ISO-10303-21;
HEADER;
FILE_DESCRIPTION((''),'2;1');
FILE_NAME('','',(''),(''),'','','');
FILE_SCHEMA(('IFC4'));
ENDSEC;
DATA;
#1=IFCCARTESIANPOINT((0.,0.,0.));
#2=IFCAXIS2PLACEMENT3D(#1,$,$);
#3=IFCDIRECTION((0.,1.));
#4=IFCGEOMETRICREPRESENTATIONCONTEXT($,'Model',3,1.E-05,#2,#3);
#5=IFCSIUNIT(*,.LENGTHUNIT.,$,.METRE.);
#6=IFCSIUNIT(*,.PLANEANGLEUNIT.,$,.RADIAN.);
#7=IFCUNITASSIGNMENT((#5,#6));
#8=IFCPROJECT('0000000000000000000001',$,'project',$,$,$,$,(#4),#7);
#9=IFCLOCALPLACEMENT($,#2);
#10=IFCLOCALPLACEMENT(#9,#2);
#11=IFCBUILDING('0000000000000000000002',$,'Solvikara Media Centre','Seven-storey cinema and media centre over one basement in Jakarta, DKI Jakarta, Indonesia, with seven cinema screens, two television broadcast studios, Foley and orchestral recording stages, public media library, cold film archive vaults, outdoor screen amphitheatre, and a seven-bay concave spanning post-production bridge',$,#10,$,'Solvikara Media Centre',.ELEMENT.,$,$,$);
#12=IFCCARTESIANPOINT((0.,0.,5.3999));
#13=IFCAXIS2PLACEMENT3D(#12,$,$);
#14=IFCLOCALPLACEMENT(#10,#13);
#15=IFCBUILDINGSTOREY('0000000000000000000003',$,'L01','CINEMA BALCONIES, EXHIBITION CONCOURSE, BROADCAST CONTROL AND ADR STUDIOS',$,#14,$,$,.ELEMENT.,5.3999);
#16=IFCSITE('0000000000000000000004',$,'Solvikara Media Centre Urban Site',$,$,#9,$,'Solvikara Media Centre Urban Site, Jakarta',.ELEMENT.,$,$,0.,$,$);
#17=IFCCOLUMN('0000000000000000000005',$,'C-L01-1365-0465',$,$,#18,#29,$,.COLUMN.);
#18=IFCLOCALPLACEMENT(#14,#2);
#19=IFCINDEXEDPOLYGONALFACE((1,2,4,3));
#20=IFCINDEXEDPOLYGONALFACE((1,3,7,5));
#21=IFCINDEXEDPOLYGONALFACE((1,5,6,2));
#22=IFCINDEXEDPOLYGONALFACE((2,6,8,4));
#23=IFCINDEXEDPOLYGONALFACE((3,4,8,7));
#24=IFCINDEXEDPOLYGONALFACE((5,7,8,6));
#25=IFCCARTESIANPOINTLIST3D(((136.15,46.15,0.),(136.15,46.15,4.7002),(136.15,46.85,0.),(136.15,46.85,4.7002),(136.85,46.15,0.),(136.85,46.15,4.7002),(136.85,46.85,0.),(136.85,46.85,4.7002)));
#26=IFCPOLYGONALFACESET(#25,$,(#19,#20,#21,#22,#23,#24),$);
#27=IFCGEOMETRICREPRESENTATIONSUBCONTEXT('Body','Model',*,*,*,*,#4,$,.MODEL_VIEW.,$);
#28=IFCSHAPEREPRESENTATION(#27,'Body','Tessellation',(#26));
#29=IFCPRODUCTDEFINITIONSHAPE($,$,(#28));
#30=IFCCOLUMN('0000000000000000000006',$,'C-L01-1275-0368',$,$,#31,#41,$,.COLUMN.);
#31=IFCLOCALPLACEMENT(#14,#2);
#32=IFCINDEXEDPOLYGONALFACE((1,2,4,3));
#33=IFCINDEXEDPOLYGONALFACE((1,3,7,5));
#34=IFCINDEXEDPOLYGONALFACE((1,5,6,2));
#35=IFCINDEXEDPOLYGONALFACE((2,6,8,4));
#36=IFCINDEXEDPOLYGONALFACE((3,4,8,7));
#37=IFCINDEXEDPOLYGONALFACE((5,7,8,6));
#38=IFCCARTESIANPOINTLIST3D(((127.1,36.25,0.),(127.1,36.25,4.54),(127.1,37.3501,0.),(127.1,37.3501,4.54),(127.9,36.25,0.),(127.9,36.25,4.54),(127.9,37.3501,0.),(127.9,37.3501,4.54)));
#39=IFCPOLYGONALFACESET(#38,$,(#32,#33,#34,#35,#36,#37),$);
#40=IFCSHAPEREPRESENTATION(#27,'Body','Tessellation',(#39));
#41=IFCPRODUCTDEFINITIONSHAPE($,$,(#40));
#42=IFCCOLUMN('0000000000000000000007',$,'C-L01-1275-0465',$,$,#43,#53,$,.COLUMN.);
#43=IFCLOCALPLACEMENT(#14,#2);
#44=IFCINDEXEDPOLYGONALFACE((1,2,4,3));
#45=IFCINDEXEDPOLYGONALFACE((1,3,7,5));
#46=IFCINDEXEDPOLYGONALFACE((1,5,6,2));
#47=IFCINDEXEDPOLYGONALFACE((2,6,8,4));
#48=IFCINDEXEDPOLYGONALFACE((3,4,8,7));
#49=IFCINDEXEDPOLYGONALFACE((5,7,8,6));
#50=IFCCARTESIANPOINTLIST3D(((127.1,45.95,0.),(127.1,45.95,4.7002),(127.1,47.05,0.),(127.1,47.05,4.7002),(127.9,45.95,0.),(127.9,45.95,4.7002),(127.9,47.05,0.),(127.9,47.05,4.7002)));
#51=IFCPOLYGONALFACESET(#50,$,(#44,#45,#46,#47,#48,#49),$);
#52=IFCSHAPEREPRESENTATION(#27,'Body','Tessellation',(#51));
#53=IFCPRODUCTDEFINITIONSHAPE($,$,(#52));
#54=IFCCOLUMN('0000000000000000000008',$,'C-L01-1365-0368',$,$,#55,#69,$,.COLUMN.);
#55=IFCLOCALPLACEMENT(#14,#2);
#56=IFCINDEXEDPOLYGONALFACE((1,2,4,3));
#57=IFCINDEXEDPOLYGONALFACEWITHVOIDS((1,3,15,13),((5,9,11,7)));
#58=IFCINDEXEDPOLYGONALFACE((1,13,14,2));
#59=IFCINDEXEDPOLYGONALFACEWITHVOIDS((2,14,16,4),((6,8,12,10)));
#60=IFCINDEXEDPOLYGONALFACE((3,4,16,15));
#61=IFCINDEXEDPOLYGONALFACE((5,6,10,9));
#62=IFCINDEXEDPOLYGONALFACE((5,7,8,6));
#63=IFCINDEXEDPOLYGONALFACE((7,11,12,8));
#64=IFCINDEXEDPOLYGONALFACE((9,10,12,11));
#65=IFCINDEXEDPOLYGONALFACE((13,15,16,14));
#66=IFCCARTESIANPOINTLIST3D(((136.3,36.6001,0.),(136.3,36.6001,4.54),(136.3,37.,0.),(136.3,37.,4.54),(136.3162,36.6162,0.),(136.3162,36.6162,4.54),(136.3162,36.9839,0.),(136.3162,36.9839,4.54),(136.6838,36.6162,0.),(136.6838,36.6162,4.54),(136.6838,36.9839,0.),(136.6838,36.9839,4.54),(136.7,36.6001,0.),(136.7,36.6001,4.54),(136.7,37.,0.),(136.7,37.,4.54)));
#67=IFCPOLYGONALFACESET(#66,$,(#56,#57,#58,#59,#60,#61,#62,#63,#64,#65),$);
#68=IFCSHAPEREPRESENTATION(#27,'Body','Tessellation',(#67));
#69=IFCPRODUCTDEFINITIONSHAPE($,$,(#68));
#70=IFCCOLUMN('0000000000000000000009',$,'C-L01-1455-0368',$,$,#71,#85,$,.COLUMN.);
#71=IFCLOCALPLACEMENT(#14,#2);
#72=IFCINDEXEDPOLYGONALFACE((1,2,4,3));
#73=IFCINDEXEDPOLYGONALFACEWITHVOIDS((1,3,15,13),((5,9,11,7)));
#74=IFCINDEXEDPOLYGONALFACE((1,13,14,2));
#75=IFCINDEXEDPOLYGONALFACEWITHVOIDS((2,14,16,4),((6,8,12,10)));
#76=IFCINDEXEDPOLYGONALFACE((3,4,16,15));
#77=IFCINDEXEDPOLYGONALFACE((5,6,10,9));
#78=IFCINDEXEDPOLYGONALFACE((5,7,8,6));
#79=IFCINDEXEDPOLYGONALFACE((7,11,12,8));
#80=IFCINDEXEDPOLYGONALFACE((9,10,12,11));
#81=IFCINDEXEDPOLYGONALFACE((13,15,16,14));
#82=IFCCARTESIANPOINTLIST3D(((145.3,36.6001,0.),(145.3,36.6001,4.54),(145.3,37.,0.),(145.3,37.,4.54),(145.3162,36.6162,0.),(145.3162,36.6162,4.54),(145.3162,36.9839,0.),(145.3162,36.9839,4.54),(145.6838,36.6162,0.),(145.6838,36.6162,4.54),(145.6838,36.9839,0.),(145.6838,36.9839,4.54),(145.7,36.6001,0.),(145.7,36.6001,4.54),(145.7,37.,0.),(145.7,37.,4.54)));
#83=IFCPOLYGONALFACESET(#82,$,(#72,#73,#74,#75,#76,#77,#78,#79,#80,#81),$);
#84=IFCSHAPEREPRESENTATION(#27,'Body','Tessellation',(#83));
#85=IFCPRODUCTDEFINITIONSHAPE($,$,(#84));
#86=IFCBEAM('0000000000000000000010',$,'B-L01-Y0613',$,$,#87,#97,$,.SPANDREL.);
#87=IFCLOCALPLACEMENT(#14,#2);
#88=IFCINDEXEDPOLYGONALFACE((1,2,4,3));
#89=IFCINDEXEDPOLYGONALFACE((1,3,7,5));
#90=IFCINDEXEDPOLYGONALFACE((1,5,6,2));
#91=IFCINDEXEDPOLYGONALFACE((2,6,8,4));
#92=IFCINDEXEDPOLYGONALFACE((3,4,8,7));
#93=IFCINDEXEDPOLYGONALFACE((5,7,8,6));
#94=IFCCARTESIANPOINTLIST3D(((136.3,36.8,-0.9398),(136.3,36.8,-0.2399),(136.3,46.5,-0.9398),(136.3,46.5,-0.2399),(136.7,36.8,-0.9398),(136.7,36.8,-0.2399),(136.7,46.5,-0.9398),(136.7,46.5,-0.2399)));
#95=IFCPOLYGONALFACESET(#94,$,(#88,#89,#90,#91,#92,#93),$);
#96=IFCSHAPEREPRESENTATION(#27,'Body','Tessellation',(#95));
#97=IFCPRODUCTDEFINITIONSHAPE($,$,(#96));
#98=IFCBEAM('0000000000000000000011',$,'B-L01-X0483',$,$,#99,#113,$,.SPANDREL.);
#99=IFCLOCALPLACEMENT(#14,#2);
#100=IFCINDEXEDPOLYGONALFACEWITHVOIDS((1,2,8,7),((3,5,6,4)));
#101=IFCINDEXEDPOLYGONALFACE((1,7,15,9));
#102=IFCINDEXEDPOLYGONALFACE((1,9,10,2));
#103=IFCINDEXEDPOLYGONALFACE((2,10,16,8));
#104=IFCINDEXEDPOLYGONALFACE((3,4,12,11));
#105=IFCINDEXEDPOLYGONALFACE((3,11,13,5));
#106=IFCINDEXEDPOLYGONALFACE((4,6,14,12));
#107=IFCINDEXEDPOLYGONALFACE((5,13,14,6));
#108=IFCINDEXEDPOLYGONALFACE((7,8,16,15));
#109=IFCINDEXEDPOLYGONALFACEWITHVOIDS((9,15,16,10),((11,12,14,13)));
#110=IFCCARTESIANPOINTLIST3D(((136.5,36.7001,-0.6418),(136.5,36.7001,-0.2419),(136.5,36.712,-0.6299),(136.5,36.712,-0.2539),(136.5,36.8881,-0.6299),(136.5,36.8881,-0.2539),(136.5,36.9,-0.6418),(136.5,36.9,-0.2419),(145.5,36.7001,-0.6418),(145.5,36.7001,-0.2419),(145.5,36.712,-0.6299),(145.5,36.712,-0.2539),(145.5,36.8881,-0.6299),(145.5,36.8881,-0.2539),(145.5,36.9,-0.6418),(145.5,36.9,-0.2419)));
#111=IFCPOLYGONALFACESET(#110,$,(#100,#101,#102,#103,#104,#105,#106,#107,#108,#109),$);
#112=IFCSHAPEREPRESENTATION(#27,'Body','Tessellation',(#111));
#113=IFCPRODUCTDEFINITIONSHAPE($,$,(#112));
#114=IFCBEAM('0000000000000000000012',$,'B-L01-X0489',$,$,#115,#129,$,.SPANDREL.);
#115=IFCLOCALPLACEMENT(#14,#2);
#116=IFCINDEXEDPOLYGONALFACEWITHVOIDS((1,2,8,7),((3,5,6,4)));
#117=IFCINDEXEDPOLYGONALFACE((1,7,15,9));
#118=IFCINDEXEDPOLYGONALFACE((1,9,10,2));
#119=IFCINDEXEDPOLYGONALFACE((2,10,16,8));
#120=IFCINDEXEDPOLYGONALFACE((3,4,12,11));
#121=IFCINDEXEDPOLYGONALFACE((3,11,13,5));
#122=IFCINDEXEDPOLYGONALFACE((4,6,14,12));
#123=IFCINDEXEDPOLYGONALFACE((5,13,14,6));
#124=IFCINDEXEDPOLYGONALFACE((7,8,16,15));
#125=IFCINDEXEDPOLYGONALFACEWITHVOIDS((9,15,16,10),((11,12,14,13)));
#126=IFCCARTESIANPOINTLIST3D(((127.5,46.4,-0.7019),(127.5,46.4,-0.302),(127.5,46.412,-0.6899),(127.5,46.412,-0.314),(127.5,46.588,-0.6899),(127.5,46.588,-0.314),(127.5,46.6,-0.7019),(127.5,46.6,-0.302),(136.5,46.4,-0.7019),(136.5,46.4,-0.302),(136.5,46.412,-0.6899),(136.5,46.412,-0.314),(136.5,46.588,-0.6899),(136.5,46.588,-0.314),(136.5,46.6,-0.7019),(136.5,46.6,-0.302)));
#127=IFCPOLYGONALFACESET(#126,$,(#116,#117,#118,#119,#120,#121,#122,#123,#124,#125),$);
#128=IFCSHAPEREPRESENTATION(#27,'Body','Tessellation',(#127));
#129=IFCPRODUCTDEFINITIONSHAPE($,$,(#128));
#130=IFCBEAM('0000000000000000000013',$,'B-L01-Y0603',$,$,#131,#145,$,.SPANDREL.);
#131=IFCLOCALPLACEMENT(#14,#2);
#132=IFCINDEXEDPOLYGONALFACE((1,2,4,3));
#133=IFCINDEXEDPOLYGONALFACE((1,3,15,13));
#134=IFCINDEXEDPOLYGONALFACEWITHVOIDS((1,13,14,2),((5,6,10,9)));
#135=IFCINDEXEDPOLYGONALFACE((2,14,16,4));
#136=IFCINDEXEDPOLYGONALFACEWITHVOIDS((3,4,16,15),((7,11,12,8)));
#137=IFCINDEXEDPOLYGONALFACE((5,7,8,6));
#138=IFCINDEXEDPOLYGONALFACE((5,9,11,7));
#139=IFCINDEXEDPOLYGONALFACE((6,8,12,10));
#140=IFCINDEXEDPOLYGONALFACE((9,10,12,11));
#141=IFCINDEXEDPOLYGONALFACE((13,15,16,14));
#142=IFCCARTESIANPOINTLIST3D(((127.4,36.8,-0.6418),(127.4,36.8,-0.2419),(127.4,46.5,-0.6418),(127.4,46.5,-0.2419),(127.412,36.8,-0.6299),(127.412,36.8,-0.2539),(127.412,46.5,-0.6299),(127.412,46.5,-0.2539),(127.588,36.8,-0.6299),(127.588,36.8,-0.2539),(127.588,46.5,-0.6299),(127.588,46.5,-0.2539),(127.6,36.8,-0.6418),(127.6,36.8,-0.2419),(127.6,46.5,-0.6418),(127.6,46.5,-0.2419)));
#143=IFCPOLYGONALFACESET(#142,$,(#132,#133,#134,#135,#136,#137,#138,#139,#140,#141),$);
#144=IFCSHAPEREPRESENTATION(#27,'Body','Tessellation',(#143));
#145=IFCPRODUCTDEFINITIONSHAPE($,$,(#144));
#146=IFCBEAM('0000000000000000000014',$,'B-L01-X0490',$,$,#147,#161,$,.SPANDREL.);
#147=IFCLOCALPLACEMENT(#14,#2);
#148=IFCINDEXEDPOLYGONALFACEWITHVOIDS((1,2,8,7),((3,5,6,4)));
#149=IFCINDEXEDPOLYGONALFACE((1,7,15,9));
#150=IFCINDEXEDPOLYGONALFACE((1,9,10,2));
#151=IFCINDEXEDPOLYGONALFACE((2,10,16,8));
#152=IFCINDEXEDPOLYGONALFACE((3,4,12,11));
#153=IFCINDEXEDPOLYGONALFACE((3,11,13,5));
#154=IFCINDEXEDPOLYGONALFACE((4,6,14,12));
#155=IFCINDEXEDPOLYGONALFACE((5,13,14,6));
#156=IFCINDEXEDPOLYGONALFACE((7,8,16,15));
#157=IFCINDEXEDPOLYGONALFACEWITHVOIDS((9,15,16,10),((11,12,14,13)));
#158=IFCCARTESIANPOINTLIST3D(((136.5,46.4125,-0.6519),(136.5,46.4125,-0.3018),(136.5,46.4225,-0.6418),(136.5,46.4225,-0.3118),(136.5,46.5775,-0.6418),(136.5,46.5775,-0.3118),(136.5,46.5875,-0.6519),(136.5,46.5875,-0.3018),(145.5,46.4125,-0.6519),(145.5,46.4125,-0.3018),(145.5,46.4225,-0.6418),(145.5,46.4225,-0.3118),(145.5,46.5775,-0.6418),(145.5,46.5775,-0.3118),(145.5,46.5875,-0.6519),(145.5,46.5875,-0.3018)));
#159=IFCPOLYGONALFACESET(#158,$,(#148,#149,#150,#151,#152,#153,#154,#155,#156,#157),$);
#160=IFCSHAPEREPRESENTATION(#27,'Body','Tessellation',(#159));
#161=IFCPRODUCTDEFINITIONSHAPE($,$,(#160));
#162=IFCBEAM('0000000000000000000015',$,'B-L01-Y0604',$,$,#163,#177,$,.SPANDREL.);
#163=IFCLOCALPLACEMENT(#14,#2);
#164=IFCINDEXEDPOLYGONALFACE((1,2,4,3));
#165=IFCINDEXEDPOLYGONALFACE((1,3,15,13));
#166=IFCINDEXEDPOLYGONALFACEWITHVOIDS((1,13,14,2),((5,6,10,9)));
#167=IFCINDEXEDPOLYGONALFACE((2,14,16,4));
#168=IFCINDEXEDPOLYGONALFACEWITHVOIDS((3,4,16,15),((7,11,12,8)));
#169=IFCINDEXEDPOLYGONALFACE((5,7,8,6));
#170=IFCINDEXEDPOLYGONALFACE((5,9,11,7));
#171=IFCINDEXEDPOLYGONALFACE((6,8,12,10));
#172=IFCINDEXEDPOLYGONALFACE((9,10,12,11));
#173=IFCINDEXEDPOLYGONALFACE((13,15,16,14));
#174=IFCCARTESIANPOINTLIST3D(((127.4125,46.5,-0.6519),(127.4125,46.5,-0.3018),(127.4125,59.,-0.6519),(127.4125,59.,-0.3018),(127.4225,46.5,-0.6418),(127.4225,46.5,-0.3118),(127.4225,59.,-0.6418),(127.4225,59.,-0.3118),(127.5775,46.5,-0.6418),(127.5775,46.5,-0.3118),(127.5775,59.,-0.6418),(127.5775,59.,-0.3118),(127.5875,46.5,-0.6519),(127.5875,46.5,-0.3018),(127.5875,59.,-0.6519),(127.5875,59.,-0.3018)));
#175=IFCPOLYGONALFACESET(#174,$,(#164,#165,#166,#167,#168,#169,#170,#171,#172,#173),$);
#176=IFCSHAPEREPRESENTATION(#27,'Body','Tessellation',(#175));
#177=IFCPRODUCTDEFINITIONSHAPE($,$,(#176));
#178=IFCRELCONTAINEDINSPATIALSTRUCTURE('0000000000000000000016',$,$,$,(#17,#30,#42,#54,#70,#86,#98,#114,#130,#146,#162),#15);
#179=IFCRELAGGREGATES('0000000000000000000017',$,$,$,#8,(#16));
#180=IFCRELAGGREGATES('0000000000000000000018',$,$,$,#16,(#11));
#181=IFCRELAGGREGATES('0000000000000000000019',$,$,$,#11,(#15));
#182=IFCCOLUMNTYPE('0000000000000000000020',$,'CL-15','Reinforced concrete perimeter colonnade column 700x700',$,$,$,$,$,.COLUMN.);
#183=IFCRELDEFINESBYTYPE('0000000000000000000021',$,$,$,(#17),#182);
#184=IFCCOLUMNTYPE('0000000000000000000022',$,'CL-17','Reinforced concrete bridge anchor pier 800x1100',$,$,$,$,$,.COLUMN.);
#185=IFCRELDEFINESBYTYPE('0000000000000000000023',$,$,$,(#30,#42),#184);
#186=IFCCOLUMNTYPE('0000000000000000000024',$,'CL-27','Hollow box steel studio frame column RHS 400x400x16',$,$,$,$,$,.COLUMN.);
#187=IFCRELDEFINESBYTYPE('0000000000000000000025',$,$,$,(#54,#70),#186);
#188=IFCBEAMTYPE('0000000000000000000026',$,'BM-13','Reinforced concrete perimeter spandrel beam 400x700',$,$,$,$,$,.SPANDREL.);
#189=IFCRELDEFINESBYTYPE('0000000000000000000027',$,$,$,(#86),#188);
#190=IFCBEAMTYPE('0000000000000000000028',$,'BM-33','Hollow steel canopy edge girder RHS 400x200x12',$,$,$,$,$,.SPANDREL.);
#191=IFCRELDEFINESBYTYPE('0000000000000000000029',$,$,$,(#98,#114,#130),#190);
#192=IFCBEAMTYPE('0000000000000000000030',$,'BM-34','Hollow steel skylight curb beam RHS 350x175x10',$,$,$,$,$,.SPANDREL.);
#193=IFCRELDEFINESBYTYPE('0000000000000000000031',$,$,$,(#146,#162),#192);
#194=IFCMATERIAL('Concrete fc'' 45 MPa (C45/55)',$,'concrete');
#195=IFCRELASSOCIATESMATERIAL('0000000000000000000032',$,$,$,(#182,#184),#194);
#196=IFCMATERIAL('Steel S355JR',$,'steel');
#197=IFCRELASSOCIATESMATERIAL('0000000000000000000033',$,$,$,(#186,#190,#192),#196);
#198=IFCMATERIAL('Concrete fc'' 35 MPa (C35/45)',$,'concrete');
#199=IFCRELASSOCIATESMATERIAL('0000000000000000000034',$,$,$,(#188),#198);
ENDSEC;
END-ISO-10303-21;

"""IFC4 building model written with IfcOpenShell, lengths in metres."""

from ifc_helpers import new_model, si_unit, direction, frame, origin, origin_2d, place, context, subcontext, project, spatial, rectangle, hollow_rectangle, extrude, material, material_profile, profile_set, type_object, element, save


model = new_model("IFC4")

# Units and contexts
model_context = context("Model", 3, precision=1e-05, world=origin(), true_north=direction((0.0, 1.0)))
body_context = subcontext(model_context, "Body", "Model", "MODEL_VIEW")
ifc_project = project(units=[si_unit("LENGTHUNIT", "METRE"), si_unit("PLANEANGLEUNIT", "RADIAN")], contexts=[model_context])

# Site, building, storey
site_placement = place(None, origin())
site = spatial("IfcSite", under=ifc_project, at=site_placement, Name="Solvikara Media Centre Urban Site", LongName="Solvikara Media Centre Urban Site, Jakarta", CompositionType="ELEMENT", RefElevation=0.0)
building_placement = place(site_placement, origin())
building = spatial("IfcBuilding", under=site, at=building_placement, Name="Solvikara Media Centre", Description="Seven-storey cinema and media centre over one basement in Jakarta, DKI Jakarta, Indonesia, with seven cinema screens, two television broadcast studios, Foley and orchestral recording stages, public media library, cold film archive vaults, outdoor screen amphitheatre, and a seven-bay concave spanning post-production bridge", LongName="Solvikara Media Centre", CompositionType="ELEMENT")
storey_placement = place(building_placement, frame((0.0, 0.0, 5.3999)))
storey = spatial("IfcBuildingStorey", under=building, at=storey_placement, Name="L01", Description="CINEMA BALCONIES, EXHIBITION CONCOURSE, BROADCAST CONTROL AND ADR STUDIOS", CompositionType="ELEMENT", Elevation=5.3999)

# Columns
ifc_material_1 = material(Name="Concrete fc' 45 MPa (C45/55)", Category="concrete")
ifc_material_profile_1 = material_profile(ifc_material_1, rectangle(XDim=0.7, YDim=0.7, at=origin_2d()), Name="RC 700x700")
ifc_profile_set_1 = profile_set([ifc_material_profile_1], Name="Concrete fc' 45 MPa (C45/55)")
column_type_1 = type_object("IfcColumnType", Name="CL-15", Description="Reinforced concrete perimeter colonnade column 700x700", PredefinedType="COLUMN", material=ifc_profile_set_1)
column_1_placement = place(storey_placement, frame((136.5, 46.5, 0.0), z_axis=(0.0, 0.0, 1.0), x_axis=(1.0, 0.0, 0.0)))
element("IfcColumn", 1, at=column_1_placement, inside=storey, type_object=column_type_1, Name="C-L01-1365-0465", PredefinedType="COLUMN", context=body_context, shape_type="SweptSolid", body=[
    extrude(rectangle(XDim=0.7, YDim=0.7, at=origin_2d()), origin(), (0.0, 0.0, 1.0), 4.7002),
])
ifc_material_profile_2 = material_profile(ifc_material_1, rectangle(XDim=0.8, YDim=1.1001, at=origin_2d()), Name="RC 800x1100")
ifc_profile_set_2 = profile_set([ifc_material_profile_2], Name="Concrete fc' 45 MPa (C45/55)")
column_type_2 = type_object("IfcColumnType", Name="CL-17", Description="Reinforced concrete bridge anchor pier 800x1100", PredefinedType="COLUMN", material=ifc_profile_set_2)
column_2_placement = place(storey_placement, frame((127.5, 36.8, 0.0), z_axis=(0.0, 0.0, 1.0), x_axis=(1.0, 0.0, 0.0)))
element("IfcColumn", 2, at=column_2_placement, inside=storey, type_object=column_type_2, Name="C-L01-1275-0368", PredefinedType="COLUMN", context=body_context, shape_type="SweptSolid", body=[
    extrude(rectangle(XDim=0.8, YDim=1.1001, at=origin_2d()), origin(), (0.0, 0.0, 1.0), 4.54),
])
column_3_placement = place(storey_placement, frame((127.5, 46.5, 0.0), z_axis=(0.0, 0.0, 1.0), x_axis=(1.0, 0.0, 0.0)))
element("IfcColumn", 3, at=column_3_placement, inside=storey, type_object=column_type_2, Name="C-L01-1275-0465", PredefinedType="COLUMN", context=body_context, shape_type="SweptSolid", body=[
    extrude(rectangle(XDim=0.8, YDim=1.1001, at=origin_2d()), origin(), (0.0, 0.0, 1.0), 4.7002),
])
ifc_material_2 = material(Name="Steel S355JR", Category="steel")
ifc_material_profile_3 = material_profile(ifc_material_2, hollow_rectangle(XDim=0.3999, YDim=0.3999, WallThickness=0.0161, at=origin_2d()), Name="RHS 400x400x16")
ifc_profile_set_3 = profile_set([ifc_material_profile_3], Name="Steel S355JR")
column_type_3 = type_object("IfcColumnType", Name="CL-27", Description="Hollow box steel studio frame column RHS 400x400x16", PredefinedType="COLUMN", material=ifc_profile_set_3)
for number, where, z_axis, x_axis, name in (
    (4, (136.5, 36.8, 0.0), (0.0, 0.0, 1.0), (1.0, 0.0, 0.0), "C-L01-1365-0368"),
    (5, (145.5, 36.8, 0.0), (0.0, 0.0, 1.0), (1.0, 0.0, 0.0), "C-L01-1455-0368"),
):
    element("IfcColumn", number, at=place(storey_placement, frame(where, z_axis=z_axis, x_axis=x_axis)), inside=storey, type_object=column_type_3, Name=name, PredefinedType="COLUMN", context=body_context, shape_type="SweptSolid", body=[
        extrude(hollow_rectangle(XDim=0.3999, YDim=0.3999, WallThickness=0.0161, at=origin_2d()), origin(), (0.0, 0.0, 1.0), 4.54),
    ])

# Beams
ifc_material_3 = material(Name="Concrete fc' 35 MPa (C35/45)", Category="concrete")
ifc_material_profile_4 = material_profile(ifc_material_3, rectangle(XDim=0.3999, YDim=0.7, at=origin_2d()), Name="RC 400x700")
ifc_profile_set_4 = profile_set([ifc_material_profile_4], Name="Concrete fc' 35 MPa (C35/45)")
beam_type_1 = type_object("IfcBeamType", Name="BM-13", Description="Reinforced concrete perimeter spandrel beam 400x700", PredefinedType="SPANDREL", material=ifc_profile_set_4)
beam_1_placement = place(storey_placement, frame((136.5, 36.8, -0.5898), z_axis=(0.0, 1.0, 0.0), x_axis=(-1.0, 0.0, 0.0)))
element("IfcBeam", 6, at=beam_1_placement, inside=storey, type_object=beam_type_1, Name="B-L01-Y0613", PredefinedType="SPANDREL", context=body_context, shape_type="SweptSolid", body=[
    extrude(rectangle(XDim=0.3999, YDim=0.7, at=origin_2d()), origin(), (0.0, 0.0, 1.0), 9.7),
])
ifc_material_profile_5 = material_profile(ifc_material_2, hollow_rectangle(XDim=0.2, YDim=0.3999, WallThickness=0.012, at=origin_2d()), Name="RHS 400x200x12")
ifc_profile_set_5 = profile_set([ifc_material_profile_5], Name="Steel S355JR")
beam_type_2 = type_object("IfcBeamType", Name="BM-33", Description="Hollow steel canopy edge girder RHS 400x200x12", PredefinedType="SPANDREL", material=ifc_profile_set_5)
for number, where, z_axis, x_axis, name in (
    (7, (136.5, 36.8, -0.4419), (1.0, 0.0, 0.0), (0.0, 1.0, 0.0), "B-L01-X0483"),
    (8, (127.5, 46.5, -0.502), (1.0, 0.0, 0.0), (0.0, 1.0, 0.0), "B-L01-X0489"),
):
    element("IfcBeam", number, at=place(storey_placement, frame(where, z_axis=z_axis, x_axis=x_axis)), inside=storey, type_object=beam_type_2, Name=name, PredefinedType="SPANDREL", context=body_context, shape_type="SweptSolid", body=[
        extrude(hollow_rectangle(XDim=0.2, YDim=0.3999, WallThickness=0.012, at=origin_2d()), origin(), (0.0, 0.0, 1.0), 9.0),
    ])
beam_2_placement = place(storey_placement, frame((127.5, 36.8, -0.4419), z_axis=(0.0, 1.0, 0.0), x_axis=(-1.0, 0.0, 0.0)))
element("IfcBeam", 9, at=beam_2_placement, inside=storey, type_object=beam_type_2, Name="B-L01-Y0603", PredefinedType="SPANDREL", context=body_context, shape_type="SweptSolid", body=[
    extrude(hollow_rectangle(XDim=0.2, YDim=0.3999, WallThickness=0.012, at=origin_2d()), origin(), (0.0, 0.0, 1.0), 9.7),
])
ifc_material_profile_6 = material_profile(ifc_material_2, hollow_rectangle(XDim=0.175, YDim=0.3501, WallThickness=0.01, at=origin_2d()), Name="RHS 350x175x10")
ifc_profile_set_6 = profile_set([ifc_material_profile_6], Name="Steel S355JR")
beam_type_3 = type_object("IfcBeamType", Name="BM-34", Description="Hollow steel skylight curb beam RHS 350x175x10", PredefinedType="SPANDREL", material=ifc_profile_set_6)
beam_3_placement = place(storey_placement, frame((136.5, 46.5, -0.4768), z_axis=(1.0, 0.0, 0.0), x_axis=(0.0, 1.0, 0.0)))
element("IfcBeam", 10, at=beam_3_placement, inside=storey, type_object=beam_type_3, Name="B-L01-X0490", PredefinedType="SPANDREL", context=body_context, shape_type="SweptSolid", body=[
    extrude(hollow_rectangle(XDim=0.175, YDim=0.3501, WallThickness=0.01, at=origin_2d()), origin(), (0.0, 0.0, 1.0), 9.0),
])
beam_4_placement = place(storey_placement, frame((127.5, 46.5, -0.4768), z_axis=(0.0, 1.0, 0.0), x_axis=(-1.0, 0.0, 0.0)))
element("IfcBeam", 11, at=beam_4_placement, inside=storey, type_object=beam_type_3, Name="B-L01-Y0604", PredefinedType="SPANDREL", context=body_context, shape_type="SweptSolid", body=[
    extrude(hollow_rectangle(XDim=0.175, YDim=0.3501, WallThickness=0.01, at=origin_2d()), origin(), (0.0, 0.0, 1.0), 12.5),
])

save(model, "model.ifc")
